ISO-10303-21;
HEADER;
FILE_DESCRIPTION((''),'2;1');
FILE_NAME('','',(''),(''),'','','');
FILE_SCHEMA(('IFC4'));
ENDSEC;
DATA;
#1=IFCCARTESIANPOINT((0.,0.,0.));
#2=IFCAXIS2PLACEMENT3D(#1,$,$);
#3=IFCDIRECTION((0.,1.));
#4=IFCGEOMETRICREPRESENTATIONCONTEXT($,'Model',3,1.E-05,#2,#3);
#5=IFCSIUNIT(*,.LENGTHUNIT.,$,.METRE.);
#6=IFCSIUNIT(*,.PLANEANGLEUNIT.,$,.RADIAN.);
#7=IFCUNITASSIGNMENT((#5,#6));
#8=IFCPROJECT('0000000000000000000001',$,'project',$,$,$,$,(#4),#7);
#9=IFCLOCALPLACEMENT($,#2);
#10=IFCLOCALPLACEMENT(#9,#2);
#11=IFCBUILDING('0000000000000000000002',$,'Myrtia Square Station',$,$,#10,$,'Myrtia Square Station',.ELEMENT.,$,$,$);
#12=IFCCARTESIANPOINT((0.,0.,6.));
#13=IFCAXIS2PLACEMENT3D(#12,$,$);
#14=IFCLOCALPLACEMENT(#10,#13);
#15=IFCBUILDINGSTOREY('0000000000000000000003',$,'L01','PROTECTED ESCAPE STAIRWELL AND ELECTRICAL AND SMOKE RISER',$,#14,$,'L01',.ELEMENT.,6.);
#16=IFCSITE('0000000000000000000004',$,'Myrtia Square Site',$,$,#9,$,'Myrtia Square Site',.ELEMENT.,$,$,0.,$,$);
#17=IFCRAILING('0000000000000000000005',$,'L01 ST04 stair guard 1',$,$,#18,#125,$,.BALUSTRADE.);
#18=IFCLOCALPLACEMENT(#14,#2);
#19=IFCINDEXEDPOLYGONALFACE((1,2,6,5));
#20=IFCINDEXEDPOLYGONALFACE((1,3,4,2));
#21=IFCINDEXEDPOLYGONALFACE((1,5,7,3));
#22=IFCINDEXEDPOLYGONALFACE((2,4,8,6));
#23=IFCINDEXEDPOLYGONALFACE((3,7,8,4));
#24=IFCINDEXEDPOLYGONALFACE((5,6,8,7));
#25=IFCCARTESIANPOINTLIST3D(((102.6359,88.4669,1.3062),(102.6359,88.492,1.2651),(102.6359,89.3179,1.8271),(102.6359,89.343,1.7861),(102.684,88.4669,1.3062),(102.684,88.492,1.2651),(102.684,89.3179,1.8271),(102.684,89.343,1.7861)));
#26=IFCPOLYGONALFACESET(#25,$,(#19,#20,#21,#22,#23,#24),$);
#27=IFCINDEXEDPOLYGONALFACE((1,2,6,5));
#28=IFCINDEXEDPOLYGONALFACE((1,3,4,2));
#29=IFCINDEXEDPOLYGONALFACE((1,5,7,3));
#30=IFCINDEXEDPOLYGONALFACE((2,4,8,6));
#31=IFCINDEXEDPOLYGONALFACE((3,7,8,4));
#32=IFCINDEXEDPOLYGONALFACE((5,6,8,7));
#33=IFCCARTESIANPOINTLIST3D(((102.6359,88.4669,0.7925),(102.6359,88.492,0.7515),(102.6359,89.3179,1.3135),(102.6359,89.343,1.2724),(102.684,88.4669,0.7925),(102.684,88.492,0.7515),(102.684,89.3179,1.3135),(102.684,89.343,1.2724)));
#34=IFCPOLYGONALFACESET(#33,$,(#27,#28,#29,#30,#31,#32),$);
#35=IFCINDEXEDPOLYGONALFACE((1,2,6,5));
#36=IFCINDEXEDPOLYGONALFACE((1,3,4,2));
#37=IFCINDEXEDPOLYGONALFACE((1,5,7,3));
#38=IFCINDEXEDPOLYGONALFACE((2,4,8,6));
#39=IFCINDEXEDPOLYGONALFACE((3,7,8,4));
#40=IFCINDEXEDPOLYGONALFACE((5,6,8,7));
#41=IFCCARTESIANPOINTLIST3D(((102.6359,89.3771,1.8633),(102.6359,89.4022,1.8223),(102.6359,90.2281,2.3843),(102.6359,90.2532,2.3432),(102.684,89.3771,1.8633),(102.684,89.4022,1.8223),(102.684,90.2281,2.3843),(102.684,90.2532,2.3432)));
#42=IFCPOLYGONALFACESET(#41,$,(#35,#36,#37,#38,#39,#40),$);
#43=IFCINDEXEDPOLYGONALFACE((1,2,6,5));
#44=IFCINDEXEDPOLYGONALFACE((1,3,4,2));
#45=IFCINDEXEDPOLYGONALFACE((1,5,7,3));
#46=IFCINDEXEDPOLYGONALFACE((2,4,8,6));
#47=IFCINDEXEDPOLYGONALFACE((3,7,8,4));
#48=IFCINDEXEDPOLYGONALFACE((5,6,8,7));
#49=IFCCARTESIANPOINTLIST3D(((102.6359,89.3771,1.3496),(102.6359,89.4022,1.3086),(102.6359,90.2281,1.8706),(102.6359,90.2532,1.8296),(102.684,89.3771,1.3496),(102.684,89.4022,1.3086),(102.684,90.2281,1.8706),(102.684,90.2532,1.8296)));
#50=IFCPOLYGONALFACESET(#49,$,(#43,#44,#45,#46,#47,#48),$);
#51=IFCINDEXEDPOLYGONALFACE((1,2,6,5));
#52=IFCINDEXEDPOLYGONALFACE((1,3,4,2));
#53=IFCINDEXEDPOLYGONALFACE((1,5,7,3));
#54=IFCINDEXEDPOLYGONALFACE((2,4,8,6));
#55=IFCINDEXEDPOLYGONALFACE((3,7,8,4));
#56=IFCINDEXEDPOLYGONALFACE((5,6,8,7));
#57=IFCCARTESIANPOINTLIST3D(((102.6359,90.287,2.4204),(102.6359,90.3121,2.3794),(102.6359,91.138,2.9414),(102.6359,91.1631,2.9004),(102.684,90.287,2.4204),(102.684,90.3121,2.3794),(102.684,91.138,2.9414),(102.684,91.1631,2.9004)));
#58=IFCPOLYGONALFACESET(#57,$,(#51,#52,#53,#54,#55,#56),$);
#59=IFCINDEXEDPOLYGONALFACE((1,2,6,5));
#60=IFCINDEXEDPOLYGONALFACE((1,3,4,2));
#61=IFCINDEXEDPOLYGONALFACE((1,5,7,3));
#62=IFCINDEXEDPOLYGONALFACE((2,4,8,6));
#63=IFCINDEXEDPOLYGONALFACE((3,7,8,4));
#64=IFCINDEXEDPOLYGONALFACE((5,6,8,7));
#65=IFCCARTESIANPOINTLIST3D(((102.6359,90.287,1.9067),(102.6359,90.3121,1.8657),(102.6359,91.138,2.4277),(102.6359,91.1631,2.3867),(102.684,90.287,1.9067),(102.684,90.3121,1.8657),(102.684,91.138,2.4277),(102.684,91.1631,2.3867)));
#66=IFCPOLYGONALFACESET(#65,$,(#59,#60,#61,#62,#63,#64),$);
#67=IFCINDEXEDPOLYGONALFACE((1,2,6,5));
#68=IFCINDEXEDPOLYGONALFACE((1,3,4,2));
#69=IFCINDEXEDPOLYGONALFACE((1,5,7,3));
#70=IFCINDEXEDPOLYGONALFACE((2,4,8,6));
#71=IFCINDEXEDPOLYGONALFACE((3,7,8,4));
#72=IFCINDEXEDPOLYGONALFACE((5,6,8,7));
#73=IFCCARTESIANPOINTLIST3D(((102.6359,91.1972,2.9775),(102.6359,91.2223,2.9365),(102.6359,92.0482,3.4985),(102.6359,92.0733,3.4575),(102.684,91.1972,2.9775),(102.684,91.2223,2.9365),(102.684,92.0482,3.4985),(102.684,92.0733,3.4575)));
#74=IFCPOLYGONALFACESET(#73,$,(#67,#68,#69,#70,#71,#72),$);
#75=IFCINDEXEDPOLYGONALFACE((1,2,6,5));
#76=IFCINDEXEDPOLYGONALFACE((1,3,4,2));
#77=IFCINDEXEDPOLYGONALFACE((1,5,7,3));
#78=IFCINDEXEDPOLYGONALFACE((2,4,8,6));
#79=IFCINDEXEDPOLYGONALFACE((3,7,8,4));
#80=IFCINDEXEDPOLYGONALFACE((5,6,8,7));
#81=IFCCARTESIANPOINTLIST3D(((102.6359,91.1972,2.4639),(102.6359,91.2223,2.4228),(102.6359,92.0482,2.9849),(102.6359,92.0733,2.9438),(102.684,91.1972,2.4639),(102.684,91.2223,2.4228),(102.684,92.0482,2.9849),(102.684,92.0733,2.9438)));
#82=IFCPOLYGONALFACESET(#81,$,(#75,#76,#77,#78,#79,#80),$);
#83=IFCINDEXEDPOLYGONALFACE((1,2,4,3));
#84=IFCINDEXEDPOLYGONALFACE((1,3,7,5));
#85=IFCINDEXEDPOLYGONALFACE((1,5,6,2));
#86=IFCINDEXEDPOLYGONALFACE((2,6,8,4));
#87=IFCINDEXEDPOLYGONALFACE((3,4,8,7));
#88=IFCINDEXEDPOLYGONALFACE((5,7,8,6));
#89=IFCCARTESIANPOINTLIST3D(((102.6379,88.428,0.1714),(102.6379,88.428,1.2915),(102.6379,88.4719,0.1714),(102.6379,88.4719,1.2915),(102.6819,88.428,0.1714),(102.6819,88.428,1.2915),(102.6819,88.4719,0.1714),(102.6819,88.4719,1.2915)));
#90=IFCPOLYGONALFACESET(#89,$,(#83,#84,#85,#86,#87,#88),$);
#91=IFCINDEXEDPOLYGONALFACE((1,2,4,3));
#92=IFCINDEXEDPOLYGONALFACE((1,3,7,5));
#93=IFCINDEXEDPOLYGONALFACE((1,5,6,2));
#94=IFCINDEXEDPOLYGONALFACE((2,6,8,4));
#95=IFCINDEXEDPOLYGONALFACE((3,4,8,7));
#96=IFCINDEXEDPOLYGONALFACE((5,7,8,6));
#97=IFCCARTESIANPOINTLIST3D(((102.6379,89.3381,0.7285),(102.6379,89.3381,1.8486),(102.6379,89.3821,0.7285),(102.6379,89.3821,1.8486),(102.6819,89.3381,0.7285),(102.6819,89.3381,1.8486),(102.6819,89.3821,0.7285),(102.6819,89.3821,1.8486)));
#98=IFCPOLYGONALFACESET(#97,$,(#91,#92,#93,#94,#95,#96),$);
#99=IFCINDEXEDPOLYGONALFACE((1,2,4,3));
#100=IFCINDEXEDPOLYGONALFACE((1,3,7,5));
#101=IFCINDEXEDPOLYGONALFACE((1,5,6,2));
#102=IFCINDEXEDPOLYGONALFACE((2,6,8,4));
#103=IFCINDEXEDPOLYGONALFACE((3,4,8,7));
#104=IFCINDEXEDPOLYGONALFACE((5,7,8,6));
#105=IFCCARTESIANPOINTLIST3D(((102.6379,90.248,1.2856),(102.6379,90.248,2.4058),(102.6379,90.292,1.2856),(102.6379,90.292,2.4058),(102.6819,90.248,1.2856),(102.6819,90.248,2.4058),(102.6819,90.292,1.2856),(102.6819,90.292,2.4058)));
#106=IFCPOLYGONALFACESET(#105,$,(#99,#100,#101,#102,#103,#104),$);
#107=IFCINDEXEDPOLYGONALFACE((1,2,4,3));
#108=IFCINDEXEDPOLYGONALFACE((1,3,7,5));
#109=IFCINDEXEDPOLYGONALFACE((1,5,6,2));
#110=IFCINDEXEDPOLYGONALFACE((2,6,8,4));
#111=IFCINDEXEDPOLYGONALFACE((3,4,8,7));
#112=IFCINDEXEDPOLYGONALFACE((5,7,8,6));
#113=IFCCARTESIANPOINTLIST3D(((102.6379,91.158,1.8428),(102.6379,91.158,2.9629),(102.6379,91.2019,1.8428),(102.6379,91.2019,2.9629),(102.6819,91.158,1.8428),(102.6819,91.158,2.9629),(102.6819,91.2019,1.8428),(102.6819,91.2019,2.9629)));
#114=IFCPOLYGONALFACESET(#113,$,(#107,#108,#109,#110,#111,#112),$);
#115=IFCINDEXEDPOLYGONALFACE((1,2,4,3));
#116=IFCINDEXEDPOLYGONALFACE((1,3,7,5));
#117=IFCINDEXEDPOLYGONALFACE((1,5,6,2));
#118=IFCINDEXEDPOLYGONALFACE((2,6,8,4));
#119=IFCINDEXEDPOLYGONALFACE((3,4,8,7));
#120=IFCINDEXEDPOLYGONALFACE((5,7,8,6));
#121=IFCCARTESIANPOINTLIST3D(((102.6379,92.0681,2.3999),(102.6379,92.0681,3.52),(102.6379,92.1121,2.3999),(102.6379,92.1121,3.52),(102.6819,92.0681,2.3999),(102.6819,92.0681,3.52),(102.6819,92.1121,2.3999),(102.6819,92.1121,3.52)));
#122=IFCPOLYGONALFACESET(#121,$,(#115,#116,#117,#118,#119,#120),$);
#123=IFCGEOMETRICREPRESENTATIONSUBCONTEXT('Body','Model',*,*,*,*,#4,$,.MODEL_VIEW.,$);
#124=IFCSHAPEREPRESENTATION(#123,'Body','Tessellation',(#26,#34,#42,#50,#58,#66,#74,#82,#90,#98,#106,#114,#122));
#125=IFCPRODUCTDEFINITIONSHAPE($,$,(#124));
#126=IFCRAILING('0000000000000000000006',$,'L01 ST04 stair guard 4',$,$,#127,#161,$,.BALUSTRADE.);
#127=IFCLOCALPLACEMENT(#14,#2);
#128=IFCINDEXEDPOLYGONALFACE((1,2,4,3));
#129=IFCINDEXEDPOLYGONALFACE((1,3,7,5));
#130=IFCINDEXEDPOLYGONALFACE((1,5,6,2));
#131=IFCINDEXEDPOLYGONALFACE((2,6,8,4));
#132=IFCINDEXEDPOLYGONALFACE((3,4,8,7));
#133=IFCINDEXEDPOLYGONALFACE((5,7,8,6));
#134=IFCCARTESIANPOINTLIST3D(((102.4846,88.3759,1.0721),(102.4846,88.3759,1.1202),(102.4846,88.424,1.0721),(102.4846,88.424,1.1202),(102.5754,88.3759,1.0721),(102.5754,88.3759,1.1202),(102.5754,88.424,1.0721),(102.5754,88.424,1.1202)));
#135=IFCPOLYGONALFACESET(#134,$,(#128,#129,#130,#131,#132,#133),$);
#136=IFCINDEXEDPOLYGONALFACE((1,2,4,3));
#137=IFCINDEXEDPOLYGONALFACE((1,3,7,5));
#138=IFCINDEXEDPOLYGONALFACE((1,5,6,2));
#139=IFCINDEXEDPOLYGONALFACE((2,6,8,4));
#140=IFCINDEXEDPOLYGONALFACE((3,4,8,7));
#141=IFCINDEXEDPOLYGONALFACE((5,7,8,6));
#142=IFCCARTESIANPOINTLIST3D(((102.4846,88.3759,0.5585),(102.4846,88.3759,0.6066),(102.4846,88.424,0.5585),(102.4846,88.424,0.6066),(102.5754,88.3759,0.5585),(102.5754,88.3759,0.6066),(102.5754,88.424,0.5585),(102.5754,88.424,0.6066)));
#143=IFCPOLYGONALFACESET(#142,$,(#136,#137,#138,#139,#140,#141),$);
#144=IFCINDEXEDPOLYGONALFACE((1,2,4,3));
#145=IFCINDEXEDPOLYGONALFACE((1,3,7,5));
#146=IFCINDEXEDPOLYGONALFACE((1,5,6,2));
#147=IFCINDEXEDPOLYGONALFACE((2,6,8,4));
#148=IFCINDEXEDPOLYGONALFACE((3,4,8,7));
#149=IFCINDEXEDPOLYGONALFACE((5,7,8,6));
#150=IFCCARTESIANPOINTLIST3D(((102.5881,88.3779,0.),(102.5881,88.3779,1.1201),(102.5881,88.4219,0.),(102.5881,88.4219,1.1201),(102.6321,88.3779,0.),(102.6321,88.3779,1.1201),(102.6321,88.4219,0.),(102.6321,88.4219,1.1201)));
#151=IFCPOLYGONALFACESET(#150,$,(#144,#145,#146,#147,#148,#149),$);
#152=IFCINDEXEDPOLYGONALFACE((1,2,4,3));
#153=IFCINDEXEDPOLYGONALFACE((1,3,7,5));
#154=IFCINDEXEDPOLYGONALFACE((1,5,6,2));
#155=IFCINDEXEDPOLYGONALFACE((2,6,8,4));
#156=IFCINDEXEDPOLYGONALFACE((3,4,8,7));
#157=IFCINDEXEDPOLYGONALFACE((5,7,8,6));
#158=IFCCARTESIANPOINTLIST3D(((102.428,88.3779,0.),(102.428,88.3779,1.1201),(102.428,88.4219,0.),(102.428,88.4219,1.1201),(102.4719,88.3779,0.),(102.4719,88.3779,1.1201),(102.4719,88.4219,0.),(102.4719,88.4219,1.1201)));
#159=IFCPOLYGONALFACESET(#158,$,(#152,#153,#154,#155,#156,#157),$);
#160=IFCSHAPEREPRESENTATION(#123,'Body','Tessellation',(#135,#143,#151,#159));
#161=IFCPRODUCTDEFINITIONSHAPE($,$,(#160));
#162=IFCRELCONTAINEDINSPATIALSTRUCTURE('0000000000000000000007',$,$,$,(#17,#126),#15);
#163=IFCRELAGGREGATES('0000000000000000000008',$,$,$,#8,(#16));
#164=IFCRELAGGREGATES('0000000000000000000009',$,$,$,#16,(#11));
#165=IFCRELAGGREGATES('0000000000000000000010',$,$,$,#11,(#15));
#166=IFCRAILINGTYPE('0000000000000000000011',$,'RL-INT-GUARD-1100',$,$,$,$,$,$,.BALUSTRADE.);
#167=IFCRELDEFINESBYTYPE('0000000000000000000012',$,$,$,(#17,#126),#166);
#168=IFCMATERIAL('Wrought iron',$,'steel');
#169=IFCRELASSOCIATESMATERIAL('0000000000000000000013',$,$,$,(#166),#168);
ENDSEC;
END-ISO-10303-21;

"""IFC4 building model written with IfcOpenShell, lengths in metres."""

from ifc_helpers import new_model, si_unit, direction, frame, origin, origin_2d, place, context, subcontext, project, spatial, rectangle, extrude, material, type_object, element, save


model = new_model("IFC4")

# Units and contexts
model_context = context("Model", 3, precision=1e-05, world=origin(), true_north=direction((0.0, 1.0)))
body_context = subcontext(model_context, "Body", "Model", "MODEL_VIEW")
ifc_project = project(units=[si_unit("LENGTHUNIT", "METRE"), si_unit("PLANEANGLEUNIT", "RADIAN")], contexts=[model_context])

# Site, building, storey
site_placement = place(None, origin())
site = spatial("IfcSite", under=ifc_project, at=site_placement, Name="Myrtia Square Site", LongName="Myrtia Square Site", CompositionType="ELEMENT", RefElevation=0.0)
building_placement = place(site_placement, origin())
building = spatial("IfcBuilding", under=site, at=building_placement, Name="Myrtia Square Station", LongName="Myrtia Square Station", CompositionType="ELEMENT")
storey_placement = place(building_placement, frame((0.0, 0.0, 6.0)))
storey = spatial("IfcBuildingStorey", under=building, at=storey_placement, Name="L01", Description="PROTECTED ESCAPE STAIRWELL AND ELECTRICAL AND SMOKE RISER", LongName="L01", CompositionType="ELEMENT", Elevation=6.0)

# Railings
ifc_material_1 = material(Name="Wrought iron", Category="steel")
railing_type_1 = type_object("IfcRailingType", Name="RL-INT-GUARD-1100", PredefinedType="BALUSTRADE", material=ifc_material_1)
railing_1_placement = place(storey_placement, frame((102.6599, 88.45, 0.1714)))
element("IfcRailing", 1, at=railing_1_placement, inside=storey, type_object=railing_type_1, Name="L01 ST04 stair guard 1", PredefinedType="BALUSTRADE", context=body_context, shape_type="SweptSolid", body=[
    extrude(rectangle(XDim=0.0481, YDim=0.0481, at=origin_2d()), frame((0.0, 0.0295, 1.1143), z_axis=(0.0, 0.852866, 0.52213), x_axis=(-1.0, 0.0, 0.0)), (0.0, 0.0, 1.0), 0.9978),
    extrude(rectangle(XDim=0.0481, YDim=0.0481, at=origin_2d()), frame((0.0, 0.0295, 0.6006), z_axis=(0.0, 0.852866, 0.52213), x_axis=(-1.0, 0.0, 0.0)), (0.0, 0.0, 1.0), 0.9978),
    extrude(rectangle(XDim=0.0481, YDim=0.0481, at=origin_2d()), frame((0.0, 0.9397, 1.6714), z_axis=(0.0, 0.852866, 0.52213), x_axis=(-1.0, 0.0, 0.0)), (0.0, 0.0, 1.0), 0.9978),
    extrude(rectangle(XDim=0.0481, YDim=0.0481, at=origin_2d()), frame((0.0, 0.9397, 1.1577), z_axis=(0.0, 0.852866, 0.52213), x_axis=(-1.0, 0.0, 0.0)), (0.0, 0.0, 1.0), 0.9978),
    extrude(rectangle(XDim=0.0481, YDim=0.0481, at=origin_2d()), frame((0.0, 1.8496, 2.2285), z_axis=(0.0, 0.852866, 0.52213), x_axis=(-1.0, 0.0, 0.0)), (0.0, 0.0, 1.0), 0.9978),
    extrude(rectangle(XDim=0.0481, YDim=0.0481, at=origin_2d()), frame((0.0, 1.8496, 1.7148), z_axis=(0.0, 0.852866, 0.52213), x_axis=(-1.0, 0.0, 0.0)), (0.0, 0.0, 1.0), 0.9978),
    extrude(rectangle(XDim=0.0481, YDim=0.0481, at=origin_2d()), frame((0.0, 2.7598, 2.7856), z_axis=(0.0, 0.852866, 0.52213), x_axis=(-1.0, 0.0, 0.0)), (0.0, 0.0, 1.0), 0.9978),
    extrude(rectangle(XDim=0.0481, YDim=0.0481, at=origin_2d()), frame((0.0, 2.7598, 2.272), z_axis=(0.0, 0.852866, 0.52213), x_axis=(-1.0, 0.0, 0.0)), (0.0, 0.0, 1.0), 0.9978),
    extrude(rectangle(XDim=0.0439, YDim=0.0439, at=origin_2d()), origin(), (0.0, 0.0, 1.0), 1.1201),
    extrude(rectangle(XDim=0.0439, YDim=0.0439, at=origin_2d()), frame((0.0, 0.9102, 0.5571)), (0.0, 0.0, 1.0), 1.1201),
    extrude(rectangle(XDim=0.0439, YDim=0.0439, at=origin_2d()), frame((0.0, 1.8201, 1.1143)), (0.0, 0.0, 1.0), 1.1201),
    extrude(rectangle(XDim=0.0439, YDim=0.0439, at=origin_2d()), frame((0.0, 2.73, 1.6714)), (0.0, 0.0, 1.0), 1.1201),
    extrude(rectangle(XDim=0.0439, YDim=0.0439, at=origin_2d()), frame((0.0, 3.6401, 2.2285)), (0.0, 0.0, 1.0), 1.1201),
])
railing_2_placement = place(storey_placement, frame((102.6101, 88.3999, 0.0)))
element("IfcRailing", 2, at=railing_2_placement, inside=storey, type_object=railing_type_1, Name="L01 ST04 stair guard 4", PredefinedType="BALUSTRADE", context=body_context, shape_type="SweptSolid", body=[
    extrude(rectangle(XDim=0.0481, YDim=0.0481, at=origin_2d()), frame((-0.0347, 0.0, 1.0962), z_axis=(-1.0, 0.0, 0.0), x_axis=(0.0, -1.0, 0.0)), (0.0, 0.0, 1.0), 0.0908),
    extrude(rectangle(XDim=0.0481, YDim=0.0481, at=origin_2d()), frame((-0.0347, 0.0, 0.5825), z_axis=(-1.0, 0.0, 0.0), x_axis=(0.0, -1.0, 0.0)), (0.0, 0.0, 1.0), 0.0908),
    extrude(rectangle(XDim=0.0439, YDim=0.0439, at=origin_2d()), origin(), (0.0, 0.0, 1.0), 1.1201),
    extrude(rectangle(XDim=0.0439, YDim=0.0439, at=origin_2d()), frame((-0.1602, 0.0, 0.0)), (0.0, 0.0, 1.0), 1.1201),
])

save(model, "model.ifc")
